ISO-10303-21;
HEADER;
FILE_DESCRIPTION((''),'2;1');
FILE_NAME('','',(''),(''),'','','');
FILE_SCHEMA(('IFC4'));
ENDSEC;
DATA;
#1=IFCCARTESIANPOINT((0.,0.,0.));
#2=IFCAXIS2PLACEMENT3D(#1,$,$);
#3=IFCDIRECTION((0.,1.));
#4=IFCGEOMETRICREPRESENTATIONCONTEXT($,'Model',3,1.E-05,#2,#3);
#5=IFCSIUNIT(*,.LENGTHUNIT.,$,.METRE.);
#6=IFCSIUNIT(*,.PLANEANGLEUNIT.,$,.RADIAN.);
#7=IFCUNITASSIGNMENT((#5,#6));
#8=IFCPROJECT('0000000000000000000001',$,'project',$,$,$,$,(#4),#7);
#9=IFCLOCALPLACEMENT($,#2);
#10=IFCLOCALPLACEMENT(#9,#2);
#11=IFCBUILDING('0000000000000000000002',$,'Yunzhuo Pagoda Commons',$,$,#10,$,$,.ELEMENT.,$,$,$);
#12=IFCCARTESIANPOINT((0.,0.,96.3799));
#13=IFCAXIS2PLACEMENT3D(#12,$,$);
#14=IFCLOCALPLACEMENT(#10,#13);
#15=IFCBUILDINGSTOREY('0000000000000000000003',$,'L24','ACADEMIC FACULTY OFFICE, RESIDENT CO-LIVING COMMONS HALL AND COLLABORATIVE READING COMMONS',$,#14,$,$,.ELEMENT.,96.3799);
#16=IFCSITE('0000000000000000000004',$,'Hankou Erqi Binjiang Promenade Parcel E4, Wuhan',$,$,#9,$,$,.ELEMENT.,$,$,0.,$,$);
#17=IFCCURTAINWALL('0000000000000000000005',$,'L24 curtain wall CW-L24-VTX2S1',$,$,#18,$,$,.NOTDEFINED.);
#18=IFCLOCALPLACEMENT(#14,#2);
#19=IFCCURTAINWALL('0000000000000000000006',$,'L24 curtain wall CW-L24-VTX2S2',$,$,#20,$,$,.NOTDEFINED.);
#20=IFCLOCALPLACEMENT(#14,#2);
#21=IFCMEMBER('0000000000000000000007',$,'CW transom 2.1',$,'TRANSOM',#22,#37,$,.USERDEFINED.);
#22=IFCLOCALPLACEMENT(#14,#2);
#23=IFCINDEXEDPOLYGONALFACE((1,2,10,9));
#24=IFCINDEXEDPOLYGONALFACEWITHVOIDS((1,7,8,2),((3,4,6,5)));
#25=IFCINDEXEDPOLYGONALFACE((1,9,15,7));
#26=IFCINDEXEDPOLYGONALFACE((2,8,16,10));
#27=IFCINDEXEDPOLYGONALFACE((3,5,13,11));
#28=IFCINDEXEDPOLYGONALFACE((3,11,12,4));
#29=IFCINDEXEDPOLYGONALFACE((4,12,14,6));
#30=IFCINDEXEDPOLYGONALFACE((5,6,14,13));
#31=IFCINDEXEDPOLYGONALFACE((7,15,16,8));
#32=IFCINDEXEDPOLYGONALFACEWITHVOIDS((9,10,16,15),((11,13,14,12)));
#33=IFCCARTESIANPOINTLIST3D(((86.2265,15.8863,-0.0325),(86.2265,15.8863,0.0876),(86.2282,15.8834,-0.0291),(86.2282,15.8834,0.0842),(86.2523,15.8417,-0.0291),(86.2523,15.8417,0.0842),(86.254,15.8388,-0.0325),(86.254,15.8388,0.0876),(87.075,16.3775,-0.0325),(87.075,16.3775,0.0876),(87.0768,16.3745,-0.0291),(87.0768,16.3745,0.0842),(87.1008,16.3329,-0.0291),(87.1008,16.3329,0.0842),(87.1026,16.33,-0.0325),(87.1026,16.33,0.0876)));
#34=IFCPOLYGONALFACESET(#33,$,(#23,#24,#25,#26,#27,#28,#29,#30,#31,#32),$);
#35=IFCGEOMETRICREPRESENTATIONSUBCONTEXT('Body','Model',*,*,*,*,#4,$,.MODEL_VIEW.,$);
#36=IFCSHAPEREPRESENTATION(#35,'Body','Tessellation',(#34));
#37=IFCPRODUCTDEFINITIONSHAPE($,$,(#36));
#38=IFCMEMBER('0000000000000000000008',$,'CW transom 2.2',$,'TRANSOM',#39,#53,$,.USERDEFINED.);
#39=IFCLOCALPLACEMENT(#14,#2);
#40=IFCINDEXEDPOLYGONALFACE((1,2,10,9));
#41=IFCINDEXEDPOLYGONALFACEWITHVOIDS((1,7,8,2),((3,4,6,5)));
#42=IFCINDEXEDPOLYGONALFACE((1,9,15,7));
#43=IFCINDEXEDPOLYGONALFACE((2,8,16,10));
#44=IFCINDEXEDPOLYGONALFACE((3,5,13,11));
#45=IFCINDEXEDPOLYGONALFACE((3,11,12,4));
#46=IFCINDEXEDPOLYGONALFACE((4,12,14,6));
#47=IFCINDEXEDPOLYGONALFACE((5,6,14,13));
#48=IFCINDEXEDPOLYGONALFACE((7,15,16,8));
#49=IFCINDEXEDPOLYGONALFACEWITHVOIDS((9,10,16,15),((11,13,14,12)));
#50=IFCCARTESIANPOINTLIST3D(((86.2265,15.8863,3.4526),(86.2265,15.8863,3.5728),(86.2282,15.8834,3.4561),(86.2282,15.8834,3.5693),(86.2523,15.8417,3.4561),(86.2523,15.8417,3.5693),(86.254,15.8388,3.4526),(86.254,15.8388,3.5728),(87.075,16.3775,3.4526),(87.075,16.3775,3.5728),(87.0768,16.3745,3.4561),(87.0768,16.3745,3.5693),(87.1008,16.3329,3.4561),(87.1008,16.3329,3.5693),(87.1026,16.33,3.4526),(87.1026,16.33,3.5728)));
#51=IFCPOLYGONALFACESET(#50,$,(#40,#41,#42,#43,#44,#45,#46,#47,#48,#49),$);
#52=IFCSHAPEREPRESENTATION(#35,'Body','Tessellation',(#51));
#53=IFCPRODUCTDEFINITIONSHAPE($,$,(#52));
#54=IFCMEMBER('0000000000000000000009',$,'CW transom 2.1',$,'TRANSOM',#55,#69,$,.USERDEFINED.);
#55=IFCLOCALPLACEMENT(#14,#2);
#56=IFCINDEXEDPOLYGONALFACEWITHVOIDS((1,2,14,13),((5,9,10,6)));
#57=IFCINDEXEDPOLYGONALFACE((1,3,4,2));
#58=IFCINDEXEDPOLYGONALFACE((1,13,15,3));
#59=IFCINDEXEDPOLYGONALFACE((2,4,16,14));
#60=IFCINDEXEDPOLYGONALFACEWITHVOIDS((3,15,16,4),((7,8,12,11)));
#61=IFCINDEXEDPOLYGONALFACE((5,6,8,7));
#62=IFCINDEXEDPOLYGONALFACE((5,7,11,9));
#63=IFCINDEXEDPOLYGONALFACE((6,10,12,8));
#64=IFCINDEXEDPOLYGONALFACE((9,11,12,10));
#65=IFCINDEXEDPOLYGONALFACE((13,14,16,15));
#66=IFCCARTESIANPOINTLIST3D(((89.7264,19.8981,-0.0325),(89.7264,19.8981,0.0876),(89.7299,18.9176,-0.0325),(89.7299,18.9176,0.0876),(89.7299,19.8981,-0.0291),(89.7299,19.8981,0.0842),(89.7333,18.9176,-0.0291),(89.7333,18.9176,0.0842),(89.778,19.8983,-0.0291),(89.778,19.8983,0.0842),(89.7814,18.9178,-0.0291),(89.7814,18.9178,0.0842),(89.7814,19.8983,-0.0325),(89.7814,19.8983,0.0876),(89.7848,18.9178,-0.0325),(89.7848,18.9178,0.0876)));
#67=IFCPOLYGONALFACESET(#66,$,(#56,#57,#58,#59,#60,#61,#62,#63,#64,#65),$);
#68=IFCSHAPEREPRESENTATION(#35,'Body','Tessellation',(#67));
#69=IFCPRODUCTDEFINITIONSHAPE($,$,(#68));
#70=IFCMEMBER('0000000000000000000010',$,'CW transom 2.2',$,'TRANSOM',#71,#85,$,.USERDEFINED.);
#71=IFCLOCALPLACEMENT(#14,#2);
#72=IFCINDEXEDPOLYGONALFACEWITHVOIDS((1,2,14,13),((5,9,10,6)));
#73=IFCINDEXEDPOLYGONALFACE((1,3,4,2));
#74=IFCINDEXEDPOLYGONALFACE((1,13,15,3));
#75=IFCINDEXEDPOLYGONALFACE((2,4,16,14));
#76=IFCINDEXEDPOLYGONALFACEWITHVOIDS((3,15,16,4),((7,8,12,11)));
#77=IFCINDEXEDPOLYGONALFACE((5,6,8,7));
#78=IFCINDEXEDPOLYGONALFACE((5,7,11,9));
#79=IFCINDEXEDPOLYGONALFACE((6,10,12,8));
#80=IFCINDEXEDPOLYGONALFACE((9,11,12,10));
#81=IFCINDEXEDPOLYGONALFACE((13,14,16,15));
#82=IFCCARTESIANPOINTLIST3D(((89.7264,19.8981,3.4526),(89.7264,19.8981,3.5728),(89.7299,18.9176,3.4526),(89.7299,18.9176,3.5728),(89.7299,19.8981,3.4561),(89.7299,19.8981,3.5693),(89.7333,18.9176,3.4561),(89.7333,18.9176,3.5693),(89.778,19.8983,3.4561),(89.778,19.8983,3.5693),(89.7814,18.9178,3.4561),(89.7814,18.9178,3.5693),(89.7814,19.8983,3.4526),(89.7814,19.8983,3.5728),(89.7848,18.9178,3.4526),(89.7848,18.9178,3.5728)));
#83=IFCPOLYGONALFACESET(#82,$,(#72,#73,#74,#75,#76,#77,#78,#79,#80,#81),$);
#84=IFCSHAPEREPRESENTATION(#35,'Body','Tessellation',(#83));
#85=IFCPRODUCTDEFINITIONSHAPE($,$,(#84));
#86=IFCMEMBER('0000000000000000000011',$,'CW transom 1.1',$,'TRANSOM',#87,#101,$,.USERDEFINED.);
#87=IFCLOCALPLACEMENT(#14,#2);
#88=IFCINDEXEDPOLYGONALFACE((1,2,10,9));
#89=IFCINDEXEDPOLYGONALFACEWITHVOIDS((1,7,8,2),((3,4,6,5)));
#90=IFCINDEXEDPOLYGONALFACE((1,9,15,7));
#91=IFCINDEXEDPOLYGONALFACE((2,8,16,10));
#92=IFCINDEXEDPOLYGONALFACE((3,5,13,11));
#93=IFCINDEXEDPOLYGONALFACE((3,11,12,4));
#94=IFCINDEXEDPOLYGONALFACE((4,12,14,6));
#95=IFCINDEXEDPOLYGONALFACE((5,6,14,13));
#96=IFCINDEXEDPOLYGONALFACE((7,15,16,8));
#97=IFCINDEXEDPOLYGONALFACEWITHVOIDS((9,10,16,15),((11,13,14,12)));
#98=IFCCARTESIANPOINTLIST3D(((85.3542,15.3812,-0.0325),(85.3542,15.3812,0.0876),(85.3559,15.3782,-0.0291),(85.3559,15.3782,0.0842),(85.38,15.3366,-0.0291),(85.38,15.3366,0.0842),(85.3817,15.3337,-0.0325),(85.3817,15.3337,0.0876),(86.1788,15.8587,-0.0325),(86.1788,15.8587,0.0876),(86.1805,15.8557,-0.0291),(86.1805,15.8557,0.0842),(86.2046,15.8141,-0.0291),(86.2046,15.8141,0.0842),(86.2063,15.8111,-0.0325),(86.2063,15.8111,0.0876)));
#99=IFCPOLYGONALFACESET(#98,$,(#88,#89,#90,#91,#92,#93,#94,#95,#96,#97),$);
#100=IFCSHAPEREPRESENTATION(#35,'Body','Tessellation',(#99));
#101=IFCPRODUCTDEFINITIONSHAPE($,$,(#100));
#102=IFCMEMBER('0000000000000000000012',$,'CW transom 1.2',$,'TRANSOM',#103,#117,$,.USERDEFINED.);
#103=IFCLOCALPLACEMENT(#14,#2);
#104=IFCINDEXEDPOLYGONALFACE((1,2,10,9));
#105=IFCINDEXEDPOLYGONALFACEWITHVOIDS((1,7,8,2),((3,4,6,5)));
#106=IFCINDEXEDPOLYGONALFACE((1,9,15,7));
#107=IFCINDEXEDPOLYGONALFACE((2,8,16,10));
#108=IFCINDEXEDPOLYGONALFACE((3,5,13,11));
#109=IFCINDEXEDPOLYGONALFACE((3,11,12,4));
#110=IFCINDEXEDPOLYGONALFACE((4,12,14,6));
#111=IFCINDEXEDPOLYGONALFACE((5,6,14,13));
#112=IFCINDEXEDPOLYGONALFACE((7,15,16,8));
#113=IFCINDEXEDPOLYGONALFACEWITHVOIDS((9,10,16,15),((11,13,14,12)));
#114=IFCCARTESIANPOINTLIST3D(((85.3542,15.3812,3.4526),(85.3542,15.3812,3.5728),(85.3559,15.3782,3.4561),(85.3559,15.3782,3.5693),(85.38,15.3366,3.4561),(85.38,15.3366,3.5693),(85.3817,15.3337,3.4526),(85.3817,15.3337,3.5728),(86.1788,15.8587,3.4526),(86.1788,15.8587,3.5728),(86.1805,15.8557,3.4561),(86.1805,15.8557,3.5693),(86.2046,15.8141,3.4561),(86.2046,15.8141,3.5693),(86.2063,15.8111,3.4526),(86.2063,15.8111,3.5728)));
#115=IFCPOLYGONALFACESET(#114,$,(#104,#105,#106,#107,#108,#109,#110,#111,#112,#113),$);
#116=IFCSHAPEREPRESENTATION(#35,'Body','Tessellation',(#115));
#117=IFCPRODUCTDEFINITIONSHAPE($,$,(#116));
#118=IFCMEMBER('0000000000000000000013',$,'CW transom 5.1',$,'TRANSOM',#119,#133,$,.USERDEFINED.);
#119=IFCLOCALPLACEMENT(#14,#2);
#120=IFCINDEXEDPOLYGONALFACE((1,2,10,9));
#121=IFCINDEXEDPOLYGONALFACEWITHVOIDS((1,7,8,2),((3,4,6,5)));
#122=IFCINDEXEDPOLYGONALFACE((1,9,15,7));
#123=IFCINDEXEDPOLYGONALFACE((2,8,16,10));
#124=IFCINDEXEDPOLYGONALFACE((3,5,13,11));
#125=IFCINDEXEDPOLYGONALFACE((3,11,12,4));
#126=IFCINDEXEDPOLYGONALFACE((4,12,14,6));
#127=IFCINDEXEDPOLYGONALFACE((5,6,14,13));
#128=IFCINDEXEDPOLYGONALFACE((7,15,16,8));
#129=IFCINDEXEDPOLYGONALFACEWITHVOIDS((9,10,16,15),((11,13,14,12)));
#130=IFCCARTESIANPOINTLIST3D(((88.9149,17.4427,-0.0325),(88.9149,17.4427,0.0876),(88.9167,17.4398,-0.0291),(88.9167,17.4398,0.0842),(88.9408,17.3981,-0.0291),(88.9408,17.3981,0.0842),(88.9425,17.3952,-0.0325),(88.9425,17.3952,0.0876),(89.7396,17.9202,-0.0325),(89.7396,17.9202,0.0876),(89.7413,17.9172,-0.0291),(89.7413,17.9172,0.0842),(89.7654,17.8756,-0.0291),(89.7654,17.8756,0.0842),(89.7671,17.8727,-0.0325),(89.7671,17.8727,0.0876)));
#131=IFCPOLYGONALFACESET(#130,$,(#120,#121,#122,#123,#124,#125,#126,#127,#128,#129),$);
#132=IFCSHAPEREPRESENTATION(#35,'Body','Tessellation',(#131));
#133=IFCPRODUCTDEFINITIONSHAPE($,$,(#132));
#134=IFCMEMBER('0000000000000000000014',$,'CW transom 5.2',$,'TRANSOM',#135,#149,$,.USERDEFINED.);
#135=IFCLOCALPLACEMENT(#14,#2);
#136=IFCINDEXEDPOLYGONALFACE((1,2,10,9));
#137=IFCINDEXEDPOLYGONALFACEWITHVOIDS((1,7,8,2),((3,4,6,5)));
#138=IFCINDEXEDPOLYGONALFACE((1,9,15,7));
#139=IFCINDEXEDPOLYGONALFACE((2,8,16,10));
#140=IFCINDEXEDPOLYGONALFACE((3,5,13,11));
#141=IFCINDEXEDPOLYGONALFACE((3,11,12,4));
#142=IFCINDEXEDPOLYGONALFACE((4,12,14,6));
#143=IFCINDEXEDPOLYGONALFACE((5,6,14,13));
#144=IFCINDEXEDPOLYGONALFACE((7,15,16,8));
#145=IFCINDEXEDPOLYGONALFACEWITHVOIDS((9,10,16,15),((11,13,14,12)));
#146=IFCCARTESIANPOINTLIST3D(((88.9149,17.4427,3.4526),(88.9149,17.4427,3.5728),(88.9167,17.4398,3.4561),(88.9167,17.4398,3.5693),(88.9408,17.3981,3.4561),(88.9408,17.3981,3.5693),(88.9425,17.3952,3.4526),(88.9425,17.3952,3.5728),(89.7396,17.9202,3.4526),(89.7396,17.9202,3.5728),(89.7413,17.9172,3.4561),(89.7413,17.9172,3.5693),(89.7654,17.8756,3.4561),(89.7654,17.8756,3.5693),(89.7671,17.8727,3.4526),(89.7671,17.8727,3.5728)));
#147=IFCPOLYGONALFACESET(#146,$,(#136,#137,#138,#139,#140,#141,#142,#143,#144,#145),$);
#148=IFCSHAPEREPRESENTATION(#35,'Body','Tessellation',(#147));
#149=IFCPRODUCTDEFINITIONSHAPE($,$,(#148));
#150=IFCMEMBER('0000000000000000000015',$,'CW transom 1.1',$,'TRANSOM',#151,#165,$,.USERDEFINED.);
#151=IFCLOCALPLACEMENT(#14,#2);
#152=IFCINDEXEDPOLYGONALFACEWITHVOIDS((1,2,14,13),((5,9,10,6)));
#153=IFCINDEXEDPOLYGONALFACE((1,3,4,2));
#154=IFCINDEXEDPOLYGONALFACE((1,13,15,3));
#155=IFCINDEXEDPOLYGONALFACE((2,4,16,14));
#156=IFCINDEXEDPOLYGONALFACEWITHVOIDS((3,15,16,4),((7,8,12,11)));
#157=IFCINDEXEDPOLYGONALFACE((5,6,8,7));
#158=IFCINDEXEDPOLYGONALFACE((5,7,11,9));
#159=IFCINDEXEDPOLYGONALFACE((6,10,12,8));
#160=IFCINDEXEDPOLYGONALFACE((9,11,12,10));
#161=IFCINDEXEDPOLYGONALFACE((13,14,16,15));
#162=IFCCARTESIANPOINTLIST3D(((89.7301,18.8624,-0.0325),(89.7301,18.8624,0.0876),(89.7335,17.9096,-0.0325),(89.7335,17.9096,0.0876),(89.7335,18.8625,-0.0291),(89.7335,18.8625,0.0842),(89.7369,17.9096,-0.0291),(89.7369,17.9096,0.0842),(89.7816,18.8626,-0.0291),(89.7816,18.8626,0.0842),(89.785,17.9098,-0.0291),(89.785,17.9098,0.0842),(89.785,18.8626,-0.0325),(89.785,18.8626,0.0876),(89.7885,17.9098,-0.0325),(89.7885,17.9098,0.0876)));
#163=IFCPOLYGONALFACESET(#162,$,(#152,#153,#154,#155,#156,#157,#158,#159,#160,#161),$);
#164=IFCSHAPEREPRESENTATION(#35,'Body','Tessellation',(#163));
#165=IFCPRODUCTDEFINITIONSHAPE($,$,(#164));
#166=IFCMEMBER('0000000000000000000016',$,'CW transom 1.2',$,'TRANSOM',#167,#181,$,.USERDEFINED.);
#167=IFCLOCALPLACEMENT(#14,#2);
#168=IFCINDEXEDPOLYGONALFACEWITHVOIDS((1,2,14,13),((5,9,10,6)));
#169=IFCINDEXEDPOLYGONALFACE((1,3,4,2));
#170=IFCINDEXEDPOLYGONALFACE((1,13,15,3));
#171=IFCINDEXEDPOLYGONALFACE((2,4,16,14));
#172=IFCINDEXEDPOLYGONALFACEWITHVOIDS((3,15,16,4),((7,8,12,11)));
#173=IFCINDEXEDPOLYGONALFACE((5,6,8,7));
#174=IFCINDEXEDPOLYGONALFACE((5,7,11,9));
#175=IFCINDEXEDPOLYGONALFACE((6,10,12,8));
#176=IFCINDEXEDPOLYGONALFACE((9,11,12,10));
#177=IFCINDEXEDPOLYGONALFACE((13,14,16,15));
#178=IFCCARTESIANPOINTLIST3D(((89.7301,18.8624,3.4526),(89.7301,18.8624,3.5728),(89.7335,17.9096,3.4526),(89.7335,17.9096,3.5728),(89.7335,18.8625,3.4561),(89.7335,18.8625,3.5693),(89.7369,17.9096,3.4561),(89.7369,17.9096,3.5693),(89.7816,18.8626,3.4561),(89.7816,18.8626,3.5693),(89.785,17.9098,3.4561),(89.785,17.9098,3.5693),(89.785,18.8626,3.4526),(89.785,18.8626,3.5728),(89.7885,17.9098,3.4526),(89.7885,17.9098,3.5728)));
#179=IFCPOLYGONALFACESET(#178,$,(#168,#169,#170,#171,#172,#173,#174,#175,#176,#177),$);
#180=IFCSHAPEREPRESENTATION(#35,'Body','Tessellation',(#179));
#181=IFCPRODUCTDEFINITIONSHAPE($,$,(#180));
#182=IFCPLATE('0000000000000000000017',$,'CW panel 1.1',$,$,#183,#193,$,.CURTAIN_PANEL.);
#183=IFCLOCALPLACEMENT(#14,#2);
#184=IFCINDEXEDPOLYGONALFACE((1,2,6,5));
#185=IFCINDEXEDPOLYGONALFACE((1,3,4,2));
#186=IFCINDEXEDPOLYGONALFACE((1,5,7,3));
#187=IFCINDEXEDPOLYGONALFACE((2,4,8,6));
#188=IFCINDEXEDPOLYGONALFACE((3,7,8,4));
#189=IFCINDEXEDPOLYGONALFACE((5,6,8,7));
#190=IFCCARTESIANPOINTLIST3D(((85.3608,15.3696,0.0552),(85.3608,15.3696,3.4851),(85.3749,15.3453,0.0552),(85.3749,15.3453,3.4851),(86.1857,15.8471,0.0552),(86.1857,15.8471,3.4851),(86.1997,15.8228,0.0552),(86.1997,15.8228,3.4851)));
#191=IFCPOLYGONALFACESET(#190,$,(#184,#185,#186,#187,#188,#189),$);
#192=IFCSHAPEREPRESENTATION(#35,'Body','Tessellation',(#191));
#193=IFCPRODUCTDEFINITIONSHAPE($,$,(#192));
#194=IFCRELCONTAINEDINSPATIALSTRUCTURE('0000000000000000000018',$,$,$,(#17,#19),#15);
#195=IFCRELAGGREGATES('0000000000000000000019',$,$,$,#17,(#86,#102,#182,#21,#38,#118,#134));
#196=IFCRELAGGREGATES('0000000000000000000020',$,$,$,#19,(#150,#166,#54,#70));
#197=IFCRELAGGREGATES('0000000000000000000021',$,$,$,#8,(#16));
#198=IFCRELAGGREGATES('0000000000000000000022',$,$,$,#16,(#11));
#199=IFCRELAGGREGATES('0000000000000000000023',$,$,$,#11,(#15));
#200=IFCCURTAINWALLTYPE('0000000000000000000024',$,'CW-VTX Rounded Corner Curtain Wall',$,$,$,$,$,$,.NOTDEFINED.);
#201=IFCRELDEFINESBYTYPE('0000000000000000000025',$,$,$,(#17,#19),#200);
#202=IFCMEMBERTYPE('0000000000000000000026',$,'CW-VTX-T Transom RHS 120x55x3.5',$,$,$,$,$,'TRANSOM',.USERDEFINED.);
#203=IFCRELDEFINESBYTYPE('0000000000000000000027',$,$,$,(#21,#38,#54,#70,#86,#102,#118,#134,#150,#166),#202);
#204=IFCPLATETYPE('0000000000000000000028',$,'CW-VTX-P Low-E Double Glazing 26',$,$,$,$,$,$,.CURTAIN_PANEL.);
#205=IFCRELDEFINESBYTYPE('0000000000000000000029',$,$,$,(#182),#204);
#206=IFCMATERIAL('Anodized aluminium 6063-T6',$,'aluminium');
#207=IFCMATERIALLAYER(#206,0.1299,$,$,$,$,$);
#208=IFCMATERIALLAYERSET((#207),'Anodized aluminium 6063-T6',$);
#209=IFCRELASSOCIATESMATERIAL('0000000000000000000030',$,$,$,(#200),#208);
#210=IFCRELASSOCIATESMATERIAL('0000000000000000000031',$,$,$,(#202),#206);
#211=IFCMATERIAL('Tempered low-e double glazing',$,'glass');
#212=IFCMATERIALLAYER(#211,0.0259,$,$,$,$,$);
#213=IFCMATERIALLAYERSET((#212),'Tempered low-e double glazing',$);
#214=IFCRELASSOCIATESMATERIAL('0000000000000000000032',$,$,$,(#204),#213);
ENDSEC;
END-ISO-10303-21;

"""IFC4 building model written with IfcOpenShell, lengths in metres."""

from ifc_helpers import new_model, si_unit, direction, frame, origin, origin_2d, place, context, subcontext, project, spatial, rectangle, hollow_rectangle, extrude, source, transform, mapped, material, layer, layer_set, material_profile, profile_set, type_object, element, aggregate, save


model = new_model("IFC4")

# Units and contexts
model_context = context("Model", 3, precision=1e-05, world=origin(), true_north=direction((0.0, 1.0)))
body_context = subcontext(model_context, "Body", "Model", "MODEL_VIEW")
ifc_project = project(units=[si_unit("LENGTHUNIT", "METRE"), si_unit("PLANEANGLEUNIT", "RADIAN")], contexts=[model_context])

# Site, building, storey
site_placement = place(None, origin())
site = spatial("IfcSite", under=ifc_project, at=site_placement, Name="Hankou Erqi Binjiang Promenade Parcel E4, Wuhan", CompositionType="ELEMENT", RefElevation=0.0)
building_placement = place(site_placement, origin())
building = spatial("IfcBuilding", under=site, at=building_placement, Name="Yunzhuo Pagoda Commons", CompositionType="ELEMENT")
storey_placement = place(building_placement, frame((0.0, 0.0, 96.3799)))
storey = spatial("IfcBuildingStorey", under=building, at=storey_placement, Name="L24", Description="ACADEMIC FACULTY OFFICE, RESIDENT CO-LIVING COMMONS HALL AND COLLABORATIVE READING COMMONS", CompositionType="ELEMENT", Elevation=96.3799)

# Shared definitions
ifc_material_1 = material(Name="Anodized aluminium 6063-T6", Category="aluminium")

# Curtain wall
ifc_layer_1 = layer(ifc_material_1, 0.1299)
ifc_layer_set_1 = layer_set([ifc_layer_1], Name="Anodized aluminium 6063-T6")
curtain_wall_type_1 = type_object("IfcCurtainWallType", Name="CW-VTX Rounded Corner Curtain Wall", PredefinedType="NOTDEFINED", material=ifc_layer_set_1)
curtain_wall_1_placement = place(storey_placement, origin())
curtain_wall_1 = element("IfcCurtainWall", 1, at=curtain_wall_1_placement, inside=storey, type_object=curtain_wall_type_1, Name="L24 curtain wall CW-L24-VTX2S1", PredefinedType="NOTDEFINED")

# Curtain wall
curtain_wall_2_placement = place(storey_placement, origin())
curtain_wall_2 = element("IfcCurtainWall", 2, at=curtain_wall_2_placement, inside=storey, type_object=curtain_wall_type_1, Name="L24 curtain wall CW-L24-VTX2S2", PredefinedType="NOTDEFINED")

# Members
ifc_material_profile_1 = material_profile(ifc_material_1, hollow_rectangle(XDim=0.0549, YDim=0.1201, WallThickness=0.0034, at=origin_2d()), Name="Anodized aluminium 6063-T6")
ifc_profile_set_1 = profile_set([ifc_material_profile_1], Name="Anodized aluminium 6063-T6")
member_type_1 = type_object("IfcMemberType", Name="CW-VTX-T Transom RHS 120x55x3.5", ElementType="TRANSOM", PredefinedType="USERDEFINED", material=ifc_profile_set_1)
shared_shape_1 = source(origin(), body_context, "Body", "SweptSolid", [
    extrude(hollow_rectangle(XDim=0.0549, YDim=0.1201, WallThickness=0.0034, at=origin_2d()), origin(), (0.0, 0.0, 1.0), 0.9805),
])
member_1_placement = place(storey_placement, frame((86.2402, 15.8625, 0.0276), z_axis=(0.865472, 0.500958, 0.0), x_axis=(-0.500958, 0.865472, 0.0)))
member_1 = element("IfcMember", 3, at=member_1_placement, type_object=member_type_1, Name="CW transom 2.1", ObjectType="TRANSOM", PredefinedType="USERDEFINED", context=body_context, shape_type="MappedRepresentation", body=[
    mapped(shared_shape_1, transform((0.0, 0.0, 0.0), scale=1.0)),
])
member_2_placement = place(storey_placement, frame((86.2402, 15.8625, 3.5127), z_axis=(0.865472, 0.500958, 0.0), x_axis=(-0.500958, 0.865472, 0.0)))
member_2 = element("IfcMember", 4, at=member_2_placement, type_object=member_type_1, Name="CW transom 2.2", ObjectType="TRANSOM", PredefinedType="USERDEFINED", context=body_context, shape_type="MappedRepresentation", body=[
    mapped(shared_shape_1, transform((0.0, 0.0, 0.0), scale=1.0)),
])
member_3_placement = place(storey_placement, frame((89.7573, 18.9177, 0.0276), z_axis=(-0.003486, 0.999994, 0.0), x_axis=(-0.999994, -0.003486, 0.0)))
member_3 = element("IfcMember", 5, at=member_3_placement, type_object=member_type_1, Name="CW transom 2.1", ObjectType="TRANSOM", PredefinedType="USERDEFINED", context=body_context, shape_type="MappedRepresentation", body=[
    mapped(shared_shape_1, transform((0.0, 0.0, 0.0), scale=1.0)),
])
member_4_placement = place(storey_placement, frame((89.7573, 18.9177, 3.5127), z_axis=(-0.003486, 0.999994, 0.0), x_axis=(-0.999994, -0.003486, 0.0)))
member_4 = element("IfcMember", 6, at=member_4_placement, type_object=member_type_1, Name="CW transom 2.2", ObjectType="TRANSOM", PredefinedType="USERDEFINED", context=body_context, shape_type="MappedRepresentation", body=[
    mapped(shared_shape_1, transform((0.0, 0.0, 0.0), scale=1.0)),
])
shared_shape_2 = source(origin(), body_context, "Body", "SweptSolid", [
    extrude(hollow_rectangle(XDim=0.0549, YDim=0.1201, WallThickness=0.0034, at=origin_2d()), origin(), (0.0, 0.0, 1.0), 0.9529),
])
member_5_placement = place(storey_placement, frame((85.3679, 15.3574, 0.0276), z_axis=(0.865391, 0.501097, 0.0), x_axis=(-0.501097, 0.865391, 0.0)))
member_5 = element("IfcMember", 7, at=member_5_placement, type_object=member_type_1, Name="CW transom 1.1", ObjectType="TRANSOM", PredefinedType="USERDEFINED", context=body_context, shape_type="MappedRepresentation", body=[
    mapped(shared_shape_2, transform((0.0, 0.0, 0.0), scale=1.0)),
])
member_6_placement = place(storey_placement, frame((85.3679, 15.3574, 3.5127), z_axis=(0.865391, 0.501097, 0.0), x_axis=(-0.501097, 0.865391, 0.0)))
member_6 = element("IfcMember", 8, at=member_6_placement, type_object=member_type_1, Name="CW transom 1.2", ObjectType="TRANSOM", PredefinedType="USERDEFINED", context=body_context, shape_type="MappedRepresentation", body=[
    mapped(shared_shape_2, transform((0.0, 0.0, 0.0), scale=1.0)),
])
member_7_placement = place(storey_placement, frame((88.9287, 17.4189, 0.0276), z_axis=(0.865391, 0.501097, 0.0), x_axis=(-0.501097, 0.865391, 0.0)))
member_7 = element("IfcMember", 9, at=member_7_placement, type_object=member_type_1, Name="CW transom 5.1", ObjectType="TRANSOM", PredefinedType="USERDEFINED", context=body_context, shape_type="MappedRepresentation", body=[
    mapped(shared_shape_2, transform((0.0, 0.0, 0.0), scale=1.0)),
])
member_8_placement = place(storey_placement, frame((88.9287, 17.4189, 3.5127), z_axis=(0.865391, 0.501097, 0.0), x_axis=(-0.501097, 0.865391, 0.0)))
member_8 = element("IfcMember", 10, at=member_8_placement, type_object=member_type_1, Name="CW transom 5.2", ObjectType="TRANSOM", PredefinedType="USERDEFINED", context=body_context, shape_type="MappedRepresentation", body=[
    mapped(shared_shape_2, transform((0.0, 0.0, 0.0), scale=1.0)),
])
member_9_placement = place(storey_placement, frame((89.761, 17.9097, 0.0276), z_axis=(-0.003587, 0.999994, 0.0), x_axis=(-0.999994, -0.003587, 0.0)))
member_9 = element("IfcMember", 11, at=member_9_placement, type_object=member_type_1, Name="CW transom 1.1", ObjectType="TRANSOM", PredefinedType="USERDEFINED", context=body_context, shape_type="MappedRepresentation", body=[
    mapped(shared_shape_2, transform((0.0, 0.0, 0.0), scale=1.0)),
])
member_10_placement = place(storey_placement, frame((89.761, 17.9097, 3.5127), z_axis=(-0.003587, 0.999994, 0.0), x_axis=(-0.999994, -0.003587, 0.0)))
member_10 = element("IfcMember", 12, at=member_10_placement, type_object=member_type_1, Name="CW transom 1.2", ObjectType="TRANSOM", PredefinedType="USERDEFINED", context=body_context, shape_type="MappedRepresentation", body=[
    mapped(shared_shape_2, transform((0.0, 0.0, 0.0), scale=1.0)),
])

# Plate
ifc_material_2 = material(Name="Tempered low-e double glazing", Category="glass")
ifc_layer_2 = layer(ifc_material_2, 0.0259)
ifc_layer_set_2 = layer_set([ifc_layer_2], Name="Tempered low-e double glazing")
plate_type = type_object("IfcPlateType", Name="CW-VTX-P Low-E Double Glazing 26", PredefinedType="CURTAIN_PANEL", material=ifc_layer_set_2)
shared_shape_3 = source(origin(), body_context, "Body", "SweptSolid", [
    extrude(rectangle(XDim=0.9531, YDim=0.0281, at=origin_2d()), origin(), (0.0, 0.0, 1.0), 3.4299),
])
plate_1_placement = place(storey_placement, frame((85.7803, 15.5962, 0.0552), z_axis=(0.0, 0.0, 1.0), x_axis=(0.865427, 0.501036, 0.0)))
plate_1 = element("IfcPlate", 13, at=plate_1_placement, type_object=plate_type, Name="CW panel 1.1", PredefinedType="CURTAIN_PANEL", context=body_context, shape_type="MappedRepresentation", body=[
    mapped(shared_shape_3, transform((0.0, 0.0, 0.0), scale=1.0)),
])
aggregate(curtain_wall_1, [member_5, member_6, plate_1, member_1, member_2, member_7, member_8])
aggregate(curtain_wall_2, [member_9, member_10, member_3, member_4])

save(model, "model.ifc")
